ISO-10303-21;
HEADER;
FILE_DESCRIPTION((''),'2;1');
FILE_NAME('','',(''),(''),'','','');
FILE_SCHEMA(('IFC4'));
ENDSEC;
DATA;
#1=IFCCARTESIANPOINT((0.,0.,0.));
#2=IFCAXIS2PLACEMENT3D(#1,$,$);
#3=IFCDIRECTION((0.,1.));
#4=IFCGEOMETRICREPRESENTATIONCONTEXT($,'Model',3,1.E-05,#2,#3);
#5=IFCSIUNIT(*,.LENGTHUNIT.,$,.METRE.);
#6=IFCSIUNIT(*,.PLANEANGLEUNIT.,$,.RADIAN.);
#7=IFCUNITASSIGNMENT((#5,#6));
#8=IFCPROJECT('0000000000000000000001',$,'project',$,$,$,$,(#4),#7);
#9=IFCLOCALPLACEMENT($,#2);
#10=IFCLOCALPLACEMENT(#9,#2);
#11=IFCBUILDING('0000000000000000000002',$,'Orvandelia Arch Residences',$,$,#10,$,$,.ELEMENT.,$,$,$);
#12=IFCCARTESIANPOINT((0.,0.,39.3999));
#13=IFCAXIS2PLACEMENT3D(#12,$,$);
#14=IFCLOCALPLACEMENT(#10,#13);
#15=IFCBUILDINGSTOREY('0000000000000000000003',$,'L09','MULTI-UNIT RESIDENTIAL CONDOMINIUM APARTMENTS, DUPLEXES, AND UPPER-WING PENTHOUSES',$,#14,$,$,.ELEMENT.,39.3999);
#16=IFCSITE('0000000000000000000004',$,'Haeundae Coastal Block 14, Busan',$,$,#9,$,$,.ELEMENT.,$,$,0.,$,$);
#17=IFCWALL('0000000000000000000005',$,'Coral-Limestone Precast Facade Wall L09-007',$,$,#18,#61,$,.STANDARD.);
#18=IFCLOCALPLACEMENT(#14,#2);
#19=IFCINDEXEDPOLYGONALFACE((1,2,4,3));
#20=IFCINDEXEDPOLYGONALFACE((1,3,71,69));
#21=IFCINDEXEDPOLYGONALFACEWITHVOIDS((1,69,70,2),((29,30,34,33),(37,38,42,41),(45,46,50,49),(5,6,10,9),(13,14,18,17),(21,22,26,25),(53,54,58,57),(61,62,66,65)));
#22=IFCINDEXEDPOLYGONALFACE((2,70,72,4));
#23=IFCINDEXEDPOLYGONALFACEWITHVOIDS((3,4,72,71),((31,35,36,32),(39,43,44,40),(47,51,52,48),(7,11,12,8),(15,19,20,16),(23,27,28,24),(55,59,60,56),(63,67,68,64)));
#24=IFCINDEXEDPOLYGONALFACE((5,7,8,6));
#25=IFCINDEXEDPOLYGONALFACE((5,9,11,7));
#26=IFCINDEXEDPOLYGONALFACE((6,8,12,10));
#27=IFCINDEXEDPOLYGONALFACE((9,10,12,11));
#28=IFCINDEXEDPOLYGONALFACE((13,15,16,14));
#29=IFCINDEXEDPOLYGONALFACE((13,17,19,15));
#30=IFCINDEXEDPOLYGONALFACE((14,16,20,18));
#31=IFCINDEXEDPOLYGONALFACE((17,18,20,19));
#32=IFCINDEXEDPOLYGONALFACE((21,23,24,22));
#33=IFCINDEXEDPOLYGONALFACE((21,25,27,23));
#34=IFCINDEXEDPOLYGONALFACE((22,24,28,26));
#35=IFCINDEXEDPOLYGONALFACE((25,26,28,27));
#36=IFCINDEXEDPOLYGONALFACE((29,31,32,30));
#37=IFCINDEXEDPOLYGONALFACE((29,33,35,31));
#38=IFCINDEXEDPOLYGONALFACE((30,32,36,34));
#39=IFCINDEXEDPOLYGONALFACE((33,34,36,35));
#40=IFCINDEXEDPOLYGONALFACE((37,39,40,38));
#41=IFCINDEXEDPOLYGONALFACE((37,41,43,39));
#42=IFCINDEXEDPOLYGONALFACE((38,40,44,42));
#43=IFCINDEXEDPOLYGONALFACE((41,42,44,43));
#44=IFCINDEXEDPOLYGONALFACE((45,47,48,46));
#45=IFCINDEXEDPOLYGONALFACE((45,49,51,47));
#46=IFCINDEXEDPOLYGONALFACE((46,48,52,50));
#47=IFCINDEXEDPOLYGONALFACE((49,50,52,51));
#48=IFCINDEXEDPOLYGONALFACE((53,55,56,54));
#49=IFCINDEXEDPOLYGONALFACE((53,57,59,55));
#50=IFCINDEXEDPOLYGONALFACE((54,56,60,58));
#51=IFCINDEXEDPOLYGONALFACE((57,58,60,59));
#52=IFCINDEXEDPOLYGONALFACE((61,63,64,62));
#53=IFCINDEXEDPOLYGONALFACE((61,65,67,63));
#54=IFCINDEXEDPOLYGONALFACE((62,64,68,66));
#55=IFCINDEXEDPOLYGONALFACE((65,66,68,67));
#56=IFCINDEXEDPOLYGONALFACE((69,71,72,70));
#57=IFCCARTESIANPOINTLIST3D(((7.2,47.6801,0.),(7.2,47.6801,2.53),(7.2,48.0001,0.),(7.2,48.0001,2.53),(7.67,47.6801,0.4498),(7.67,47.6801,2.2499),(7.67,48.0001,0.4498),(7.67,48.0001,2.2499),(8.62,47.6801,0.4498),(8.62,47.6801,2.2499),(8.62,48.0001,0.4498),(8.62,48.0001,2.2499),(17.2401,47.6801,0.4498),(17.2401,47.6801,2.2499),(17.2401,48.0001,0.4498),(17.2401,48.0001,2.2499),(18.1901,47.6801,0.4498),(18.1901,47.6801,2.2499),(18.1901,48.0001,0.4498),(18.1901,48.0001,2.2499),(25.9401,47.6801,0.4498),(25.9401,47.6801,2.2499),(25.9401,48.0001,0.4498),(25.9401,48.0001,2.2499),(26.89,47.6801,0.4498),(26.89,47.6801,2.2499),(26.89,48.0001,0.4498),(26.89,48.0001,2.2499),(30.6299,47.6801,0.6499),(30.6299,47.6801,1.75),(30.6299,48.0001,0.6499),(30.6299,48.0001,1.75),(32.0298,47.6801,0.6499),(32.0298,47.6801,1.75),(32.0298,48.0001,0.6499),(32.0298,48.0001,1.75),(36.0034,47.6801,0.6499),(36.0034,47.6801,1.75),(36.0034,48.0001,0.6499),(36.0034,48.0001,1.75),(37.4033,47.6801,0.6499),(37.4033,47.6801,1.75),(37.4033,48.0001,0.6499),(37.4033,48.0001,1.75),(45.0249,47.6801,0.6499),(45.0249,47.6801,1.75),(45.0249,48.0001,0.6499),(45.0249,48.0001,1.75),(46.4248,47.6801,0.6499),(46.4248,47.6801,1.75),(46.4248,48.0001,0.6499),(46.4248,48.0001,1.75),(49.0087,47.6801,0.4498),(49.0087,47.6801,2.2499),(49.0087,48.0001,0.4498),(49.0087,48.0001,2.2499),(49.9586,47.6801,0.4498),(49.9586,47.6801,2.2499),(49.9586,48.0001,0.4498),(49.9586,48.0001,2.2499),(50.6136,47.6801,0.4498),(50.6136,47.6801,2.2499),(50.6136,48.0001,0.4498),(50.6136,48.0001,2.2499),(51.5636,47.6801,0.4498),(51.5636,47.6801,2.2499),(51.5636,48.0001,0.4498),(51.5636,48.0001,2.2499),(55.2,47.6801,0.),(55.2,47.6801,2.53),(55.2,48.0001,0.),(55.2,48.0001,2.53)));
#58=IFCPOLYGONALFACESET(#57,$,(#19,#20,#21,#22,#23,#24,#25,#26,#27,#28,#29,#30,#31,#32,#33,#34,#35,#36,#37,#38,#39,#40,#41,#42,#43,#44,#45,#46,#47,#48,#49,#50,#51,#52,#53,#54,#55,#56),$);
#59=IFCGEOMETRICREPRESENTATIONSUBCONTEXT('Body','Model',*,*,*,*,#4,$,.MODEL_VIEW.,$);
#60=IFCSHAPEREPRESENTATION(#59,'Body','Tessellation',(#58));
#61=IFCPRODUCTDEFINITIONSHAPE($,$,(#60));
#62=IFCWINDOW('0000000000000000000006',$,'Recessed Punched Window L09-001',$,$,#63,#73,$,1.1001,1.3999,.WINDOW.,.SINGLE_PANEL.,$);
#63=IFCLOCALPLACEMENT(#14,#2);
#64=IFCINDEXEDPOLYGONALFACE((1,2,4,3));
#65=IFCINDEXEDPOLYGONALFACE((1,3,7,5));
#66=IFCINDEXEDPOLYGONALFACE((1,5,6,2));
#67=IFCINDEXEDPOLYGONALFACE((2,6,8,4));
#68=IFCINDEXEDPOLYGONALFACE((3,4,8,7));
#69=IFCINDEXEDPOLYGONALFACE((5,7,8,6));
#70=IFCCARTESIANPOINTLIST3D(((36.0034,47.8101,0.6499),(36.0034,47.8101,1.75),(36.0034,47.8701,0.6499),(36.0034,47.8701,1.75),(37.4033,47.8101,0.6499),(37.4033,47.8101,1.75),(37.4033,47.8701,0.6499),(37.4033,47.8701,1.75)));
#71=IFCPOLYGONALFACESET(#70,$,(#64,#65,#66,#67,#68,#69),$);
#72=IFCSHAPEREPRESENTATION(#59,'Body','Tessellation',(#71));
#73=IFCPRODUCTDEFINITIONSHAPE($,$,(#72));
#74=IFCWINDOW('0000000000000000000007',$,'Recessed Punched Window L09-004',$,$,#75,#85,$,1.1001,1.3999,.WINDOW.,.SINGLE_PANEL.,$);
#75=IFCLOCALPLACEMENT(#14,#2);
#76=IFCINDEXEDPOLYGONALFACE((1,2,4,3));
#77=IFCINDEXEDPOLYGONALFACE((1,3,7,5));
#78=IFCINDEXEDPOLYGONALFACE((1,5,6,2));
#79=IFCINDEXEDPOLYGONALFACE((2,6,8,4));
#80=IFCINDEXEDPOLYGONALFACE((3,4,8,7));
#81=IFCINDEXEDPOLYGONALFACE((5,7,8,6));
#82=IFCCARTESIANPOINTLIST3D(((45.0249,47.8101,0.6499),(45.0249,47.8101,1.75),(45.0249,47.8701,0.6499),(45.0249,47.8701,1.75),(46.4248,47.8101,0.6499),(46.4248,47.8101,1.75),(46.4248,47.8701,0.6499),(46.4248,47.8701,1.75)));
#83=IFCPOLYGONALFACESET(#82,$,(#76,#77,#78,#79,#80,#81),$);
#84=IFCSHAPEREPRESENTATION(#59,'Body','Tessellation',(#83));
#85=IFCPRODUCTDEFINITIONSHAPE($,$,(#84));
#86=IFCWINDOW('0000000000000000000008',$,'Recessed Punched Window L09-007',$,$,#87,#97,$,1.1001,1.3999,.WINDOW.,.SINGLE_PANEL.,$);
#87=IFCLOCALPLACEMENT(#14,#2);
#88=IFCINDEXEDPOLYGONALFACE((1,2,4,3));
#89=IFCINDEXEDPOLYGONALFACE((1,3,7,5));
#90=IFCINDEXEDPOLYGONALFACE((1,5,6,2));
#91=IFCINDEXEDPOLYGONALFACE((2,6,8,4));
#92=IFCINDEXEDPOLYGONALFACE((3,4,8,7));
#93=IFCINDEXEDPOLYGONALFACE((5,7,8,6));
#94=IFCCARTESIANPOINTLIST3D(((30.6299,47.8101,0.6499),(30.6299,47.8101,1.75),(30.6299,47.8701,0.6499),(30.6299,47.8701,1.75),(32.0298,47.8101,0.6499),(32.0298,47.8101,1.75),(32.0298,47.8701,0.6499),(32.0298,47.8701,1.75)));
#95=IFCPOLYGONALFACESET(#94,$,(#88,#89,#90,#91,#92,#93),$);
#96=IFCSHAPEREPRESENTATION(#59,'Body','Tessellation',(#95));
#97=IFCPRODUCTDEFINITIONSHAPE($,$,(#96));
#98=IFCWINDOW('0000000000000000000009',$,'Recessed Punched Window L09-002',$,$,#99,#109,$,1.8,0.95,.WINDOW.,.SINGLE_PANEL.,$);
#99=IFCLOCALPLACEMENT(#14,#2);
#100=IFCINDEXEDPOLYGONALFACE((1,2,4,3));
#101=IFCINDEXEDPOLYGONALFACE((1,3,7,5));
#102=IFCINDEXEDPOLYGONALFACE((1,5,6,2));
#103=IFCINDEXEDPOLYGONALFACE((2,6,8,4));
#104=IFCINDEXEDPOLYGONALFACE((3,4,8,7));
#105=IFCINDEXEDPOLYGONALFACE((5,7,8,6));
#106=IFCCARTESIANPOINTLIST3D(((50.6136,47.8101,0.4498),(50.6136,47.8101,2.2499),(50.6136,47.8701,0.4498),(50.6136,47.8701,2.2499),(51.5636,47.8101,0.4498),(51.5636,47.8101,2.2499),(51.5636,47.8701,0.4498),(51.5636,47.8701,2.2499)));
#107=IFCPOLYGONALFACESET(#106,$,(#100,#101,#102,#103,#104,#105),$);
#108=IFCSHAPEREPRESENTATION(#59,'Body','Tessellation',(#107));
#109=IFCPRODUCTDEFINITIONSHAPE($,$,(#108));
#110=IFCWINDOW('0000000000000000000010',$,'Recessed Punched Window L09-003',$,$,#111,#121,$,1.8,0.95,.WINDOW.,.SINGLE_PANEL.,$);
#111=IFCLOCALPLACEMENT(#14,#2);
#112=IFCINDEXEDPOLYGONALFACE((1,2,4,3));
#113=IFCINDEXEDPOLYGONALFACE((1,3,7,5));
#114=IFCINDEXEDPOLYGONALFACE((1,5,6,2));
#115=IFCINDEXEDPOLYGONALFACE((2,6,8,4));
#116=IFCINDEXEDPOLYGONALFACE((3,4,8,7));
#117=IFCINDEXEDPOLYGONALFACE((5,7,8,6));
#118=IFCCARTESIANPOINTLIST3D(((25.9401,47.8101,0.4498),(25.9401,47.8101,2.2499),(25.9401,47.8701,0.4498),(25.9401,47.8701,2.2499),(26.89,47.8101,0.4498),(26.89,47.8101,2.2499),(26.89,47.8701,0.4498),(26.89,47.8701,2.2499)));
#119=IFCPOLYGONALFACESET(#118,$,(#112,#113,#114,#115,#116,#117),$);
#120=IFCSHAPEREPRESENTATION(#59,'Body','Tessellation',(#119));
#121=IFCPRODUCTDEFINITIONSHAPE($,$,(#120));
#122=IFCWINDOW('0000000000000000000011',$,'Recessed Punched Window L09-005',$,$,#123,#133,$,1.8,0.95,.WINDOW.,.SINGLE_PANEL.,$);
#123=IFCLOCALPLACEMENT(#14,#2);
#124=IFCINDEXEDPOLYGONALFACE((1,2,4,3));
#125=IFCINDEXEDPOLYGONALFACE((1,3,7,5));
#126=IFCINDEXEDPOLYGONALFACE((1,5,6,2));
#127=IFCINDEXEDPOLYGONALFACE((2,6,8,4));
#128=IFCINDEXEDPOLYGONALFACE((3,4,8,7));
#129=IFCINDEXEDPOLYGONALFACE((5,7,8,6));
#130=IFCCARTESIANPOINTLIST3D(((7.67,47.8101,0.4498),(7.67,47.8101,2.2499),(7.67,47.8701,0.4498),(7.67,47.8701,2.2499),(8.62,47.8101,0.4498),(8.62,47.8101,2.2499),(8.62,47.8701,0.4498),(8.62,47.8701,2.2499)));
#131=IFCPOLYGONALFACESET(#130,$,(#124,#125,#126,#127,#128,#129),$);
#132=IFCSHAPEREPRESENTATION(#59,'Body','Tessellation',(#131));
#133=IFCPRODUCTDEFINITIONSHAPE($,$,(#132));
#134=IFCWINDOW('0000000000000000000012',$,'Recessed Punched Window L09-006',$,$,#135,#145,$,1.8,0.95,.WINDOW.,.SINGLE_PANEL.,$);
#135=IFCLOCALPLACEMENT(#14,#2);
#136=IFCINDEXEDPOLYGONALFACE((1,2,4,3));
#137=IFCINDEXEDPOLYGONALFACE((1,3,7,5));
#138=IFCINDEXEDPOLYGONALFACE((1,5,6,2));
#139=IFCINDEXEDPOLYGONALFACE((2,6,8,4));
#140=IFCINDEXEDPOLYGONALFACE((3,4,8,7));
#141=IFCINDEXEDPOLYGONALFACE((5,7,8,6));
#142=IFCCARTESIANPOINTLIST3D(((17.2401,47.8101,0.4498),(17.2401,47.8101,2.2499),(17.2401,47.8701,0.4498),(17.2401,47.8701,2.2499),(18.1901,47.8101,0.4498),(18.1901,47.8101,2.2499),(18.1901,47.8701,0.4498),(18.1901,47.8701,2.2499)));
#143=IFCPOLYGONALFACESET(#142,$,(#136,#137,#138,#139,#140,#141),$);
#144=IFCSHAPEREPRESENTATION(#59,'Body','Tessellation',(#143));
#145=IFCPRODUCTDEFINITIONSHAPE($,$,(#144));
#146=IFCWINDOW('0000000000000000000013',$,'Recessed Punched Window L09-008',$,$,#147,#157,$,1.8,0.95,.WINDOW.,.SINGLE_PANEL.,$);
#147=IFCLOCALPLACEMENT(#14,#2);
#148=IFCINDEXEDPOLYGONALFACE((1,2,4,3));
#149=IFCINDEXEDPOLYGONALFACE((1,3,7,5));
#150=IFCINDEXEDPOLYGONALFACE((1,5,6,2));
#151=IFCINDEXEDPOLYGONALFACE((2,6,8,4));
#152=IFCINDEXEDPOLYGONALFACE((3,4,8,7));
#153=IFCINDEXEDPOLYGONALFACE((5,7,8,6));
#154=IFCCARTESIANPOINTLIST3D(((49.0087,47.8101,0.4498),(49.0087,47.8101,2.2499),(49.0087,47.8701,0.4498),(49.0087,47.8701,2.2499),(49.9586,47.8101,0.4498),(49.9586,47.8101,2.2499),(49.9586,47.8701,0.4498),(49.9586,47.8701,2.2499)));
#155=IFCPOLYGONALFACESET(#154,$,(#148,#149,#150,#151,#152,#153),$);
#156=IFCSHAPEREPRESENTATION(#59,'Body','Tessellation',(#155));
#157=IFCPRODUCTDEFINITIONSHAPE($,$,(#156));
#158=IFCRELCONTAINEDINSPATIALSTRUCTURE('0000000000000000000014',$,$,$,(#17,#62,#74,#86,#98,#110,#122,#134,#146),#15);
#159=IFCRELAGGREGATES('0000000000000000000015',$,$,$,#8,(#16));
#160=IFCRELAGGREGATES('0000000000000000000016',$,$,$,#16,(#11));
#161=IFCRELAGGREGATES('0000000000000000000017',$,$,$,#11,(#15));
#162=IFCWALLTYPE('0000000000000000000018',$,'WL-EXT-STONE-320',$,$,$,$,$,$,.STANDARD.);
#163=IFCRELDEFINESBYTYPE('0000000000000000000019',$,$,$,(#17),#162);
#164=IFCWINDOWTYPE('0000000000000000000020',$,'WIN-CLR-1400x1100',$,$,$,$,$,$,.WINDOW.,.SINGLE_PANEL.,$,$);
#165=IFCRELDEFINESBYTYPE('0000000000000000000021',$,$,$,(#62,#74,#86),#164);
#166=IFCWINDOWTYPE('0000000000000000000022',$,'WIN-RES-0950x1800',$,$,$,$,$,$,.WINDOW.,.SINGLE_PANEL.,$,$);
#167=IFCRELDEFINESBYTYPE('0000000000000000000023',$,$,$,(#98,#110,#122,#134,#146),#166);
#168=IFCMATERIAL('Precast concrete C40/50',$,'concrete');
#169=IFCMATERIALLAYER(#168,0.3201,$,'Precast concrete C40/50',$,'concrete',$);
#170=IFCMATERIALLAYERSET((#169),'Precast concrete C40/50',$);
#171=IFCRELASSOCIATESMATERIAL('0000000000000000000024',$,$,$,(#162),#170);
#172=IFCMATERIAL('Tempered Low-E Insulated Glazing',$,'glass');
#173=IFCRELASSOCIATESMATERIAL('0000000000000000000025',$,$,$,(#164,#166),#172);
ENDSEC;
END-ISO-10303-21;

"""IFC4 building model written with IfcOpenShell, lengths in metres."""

from ifc_helpers import new_model, si_unit, direction, frame, frame_2d, origin, place, context, subcontext, project, spatial, rectangle, extrude, material, layer, layer_set, type_object, element, fill, save


model = new_model("IFC4")

# Units and contexts
model_context = context("Model", 3, precision=1e-05, world=origin(), true_north=direction((0.0, 1.0)))
body_context = subcontext(model_context, "Body", "Model", "MODEL_VIEW")
ifc_project = project(units=[si_unit("LENGTHUNIT", "METRE"), si_unit("PLANEANGLEUNIT", "RADIAN")], contexts=[model_context])

# Site, building, storey
site_placement = place(None, origin())
site = spatial("IfcSite", under=ifc_project, at=site_placement, Name="Haeundae Coastal Block 14, Busan", CompositionType="ELEMENT", RefElevation=0.0)
building_placement = place(site_placement, origin())
building = spatial("IfcBuilding", under=site, at=building_placement, Name="Orvandelia Arch Residences", CompositionType="ELEMENT")
storey_placement = place(building_placement, frame((0.0, 0.0, 39.3999)))
storey = spatial("IfcBuildingStorey", under=building, at=storey_placement, Name="L09", Description="MULTI-UNIT RESIDENTIAL CONDOMINIUM APARTMENTS, DUPLEXES, AND UPPER-WING PENTHOUSES", CompositionType="ELEMENT", Elevation=39.3999)

# Shared definitions
ifc_material_1 = material(Name="Precast concrete C40/50", Category="concrete")
ifc_layer_1 = layer(ifc_material_1, 0.3201, Name="Precast concrete C40/50", Category="concrete")
ifc_layer_set_1 = layer_set([ifc_layer_1], Name="Precast concrete C40/50")
wall_type_1 = type_object("IfcWallType", Name="WL-EXT-STONE-320", PredefinedType="STANDARD", material=ifc_layer_set_1)

# Wall, openings, windows
wall_1_placement = place(storey_placement, frame((7.2, 47.8401, 0.0), z_axis=(0.0, 0.0, 1.0), x_axis=(1.0, 0.0, 0.0)))
wall_1 = element("IfcWall", 1, at=wall_1_placement, inside=storey, type_object=wall_type_1, Name="Coral-Limestone Precast Facade Wall L09-007", PredefinedType="STANDARD", context=body_context, shape_type="SweptSolid", body=[
    extrude(rectangle(XDim=48.0, YDim=0.3201, at=frame_2d((24.0, 0.0))), origin(), (0.0, 0.0, 1.0), 2.53),
])
opening_1_placement = place(wall_1_placement, frame((28.8035, 0.0, 0.6499)))
opening_1 = element("IfcOpeningElement", 2, at=opening_1_placement, cuts=wall_1, PredefinedType="OPENING", context=body_context, shape_type="SweptSolid", body=[
    extrude(rectangle(XDim=1.3999, YDim=1.1001, at=frame_2d((0.7, 0.55))), frame((0.0, 0.1699, 0.0), z_axis=(0.0, -1.0, 0.0), x_axis=(1.0, 0.0, 0.0)), (0.0, 0.0, 1.0), 0.3401),
])
opening_2_placement = place(wall_1_placement, frame((43.4136, 0.0, 0.45)))
opening_2 = element("IfcOpeningElement", 3, at=opening_2_placement, cuts=wall_1, PredefinedType="OPENING", context=body_context, shape_type="SweptSolid", body=[
    extrude(rectangle(XDim=0.95, YDim=1.8, at=frame_2d((0.4751, 0.8999))), frame((0.0, 0.1699, 0.0), z_axis=(0.0, -1.0, 0.0), x_axis=(1.0, 0.0, 0.0)), (0.0, 0.0, 1.0), 0.3401),
])
opening_3_placement = place(wall_1_placement, frame((18.74, 0.0, 0.45)))
opening_3 = element("IfcOpeningElement", 4, at=opening_3_placement, cuts=wall_1, PredefinedType="OPENING", context=body_context, shape_type="SweptSolid", body=[
    extrude(rectangle(XDim=0.95, YDim=1.8, at=frame_2d((0.4751, 0.8999))), frame((0.0, 0.1699, 0.0), z_axis=(0.0, -1.0, 0.0), x_axis=(1.0, 0.0, 0.0)), (0.0, 0.0, 1.0), 0.3401),
])
opening_4_placement = place(wall_1_placement, frame((37.825, 0.0, 0.6499)))
opening_4 = element("IfcOpeningElement", 5, at=opening_4_placement, cuts=wall_1, PredefinedType="OPENING", context=body_context, shape_type="SweptSolid", body=[
    extrude(rectangle(XDim=1.3999, YDim=1.1001, at=frame_2d((0.7, 0.55))), frame((0.0, 0.1699, 0.0), z_axis=(0.0, -1.0, 0.0), x_axis=(1.0, 0.0, 0.0)), (0.0, 0.0, 1.0), 0.3401),
])
opening_5_placement = place(wall_1_placement, frame((0.47, 0.0, 0.45)))
opening_5 = element("IfcOpeningElement", 6, at=opening_5_placement, cuts=wall_1, PredefinedType="OPENING", context=body_context, shape_type="SweptSolid", body=[
    extrude(rectangle(XDim=0.95, YDim=1.8, at=frame_2d((0.4751, 0.8999))), frame((0.0, 0.1699, 0.0), z_axis=(0.0, -1.0, 0.0), x_axis=(1.0, 0.0, 0.0)), (0.0, 0.0, 1.0), 0.3401),
])
opening_6_placement = place(wall_1_placement, frame((10.04, 0.0, 0.45)))
opening_6 = element("IfcOpeningElement", 7, at=opening_6_placement, cuts=wall_1, PredefinedType="OPENING", context=body_context, shape_type="SweptSolid", body=[
    extrude(rectangle(XDim=0.95, YDim=1.8, at=frame_2d((0.4751, 0.8999))), frame((0.0, 0.1699, 0.0), z_axis=(0.0, -1.0, 0.0), x_axis=(1.0, 0.0, 0.0)), (0.0, 0.0, 1.0), 0.3401),
])
opening_7_placement = place(wall_1_placement, frame((23.4299, 0.0, 0.6499)))
opening_7 = element("IfcOpeningElement", 8, at=opening_7_placement, cuts=wall_1, PredefinedType="OPENING", context=body_context, shape_type="SweptSolid", body=[
    extrude(rectangle(XDim=1.3999, YDim=1.1001, at=frame_2d((0.7, 0.55))), frame((0.0, 0.1699, 0.0), z_axis=(0.0, -1.0, 0.0), x_axis=(1.0, 0.0, 0.0)), (0.0, 0.0, 1.0), 0.3401),
])
opening_8_placement = place(wall_1_placement, frame((41.8086, 0.0, 0.45)))
opening_8 = element("IfcOpeningElement", 9, at=opening_8_placement, cuts=wall_1, PredefinedType="OPENING", context=body_context, shape_type="SweptSolid", body=[
    extrude(rectangle(XDim=0.95, YDim=1.8, at=frame_2d((0.4751, 0.8999))), frame((0.0, 0.1699, 0.0), z_axis=(0.0, -1.0, 0.0), x_axis=(1.0, 0.0, 0.0)), (0.0, 0.0, 1.0), 0.3401),
])
ifc_material_2 = material(Name="Tempered Low-E Insulated Glazing", Category="glass")
window_type_1 = type_object("IfcWindowType", Name="WIN-CLR-1400x1100", PartitioningType="SINGLE_PANEL", PredefinedType="WINDOW", material=ifc_material_2)
window_1_placement = place(opening_1_placement, origin())
window_1 = element("IfcWindow", 10, at=window_1_placement, inside=storey, type_object=window_type_1, Name="Recessed Punched Window L09-001", OverallHeight=1.1001, OverallWidth=1.3999, PartitioningType="SINGLE_PANEL", PredefinedType="WINDOW", context=body_context, shape_type="SweptSolid", body=[
    extrude(rectangle(XDim=1.3999, YDim=1.1001, at=frame_2d((0.7, 0.55))), frame((0.0, 0.03, 0.0), z_axis=(0.0, -1.0, 0.0), x_axis=(1.0, 0.0, 0.0)), (0.0, 0.0, 1.0), 0.0601),
])
fill(opening_1, window_1)
window_2_placement = place(opening_4_placement, origin())
window_2 = element("IfcWindow", 11, at=window_2_placement, inside=storey, type_object=window_type_1, Name="Recessed Punched Window L09-004", OverallHeight=1.1001, OverallWidth=1.3999, PartitioningType="SINGLE_PANEL", PredefinedType="WINDOW", context=body_context, shape_type="SweptSolid", body=[
    extrude(rectangle(XDim=1.3999, YDim=1.1001, at=frame_2d((0.7, 0.55))), frame((0.0, 0.03, 0.0), z_axis=(0.0, -1.0, 0.0), x_axis=(1.0, 0.0, 0.0)), (0.0, 0.0, 1.0), 0.0601),
])
fill(opening_4, window_2)
window_3_placement = place(opening_7_placement, origin())
window_3 = element("IfcWindow", 12, at=window_3_placement, inside=storey, type_object=window_type_1, Name="Recessed Punched Window L09-007", OverallHeight=1.1001, OverallWidth=1.3999, PartitioningType="SINGLE_PANEL", PredefinedType="WINDOW", context=body_context, shape_type="SweptSolid", body=[
    extrude(rectangle(XDim=1.3999, YDim=1.1001, at=frame_2d((0.7, 0.55))), frame((0.0, 0.03, 0.0), z_axis=(0.0, -1.0, 0.0), x_axis=(1.0, 0.0, 0.0)), (0.0, 0.0, 1.0), 0.0601),
])
fill(opening_7, window_3)
window_type_2 = type_object("IfcWindowType", Name="WIN-RES-0950x1800", PartitioningType="SINGLE_PANEL", PredefinedType="WINDOW", material=ifc_material_2)
window_4_placement = place(opening_2_placement, origin())
window_4 = element("IfcWindow", 13, at=window_4_placement, inside=storey, type_object=window_type_2, Name="Recessed Punched Window L09-002", OverallHeight=1.8, OverallWidth=0.95, PartitioningType="SINGLE_PANEL", PredefinedType="WINDOW", context=body_context, shape_type="SweptSolid", body=[
    extrude(rectangle(XDim=0.95, YDim=1.8, at=frame_2d((0.4751, 0.8999))), frame((0.0, 0.03, 0.0), z_axis=(0.0, -1.0, 0.0), x_axis=(1.0, 0.0, 0.0)), (0.0, 0.0, 1.0), 0.0601),
])
fill(opening_2, window_4)
window_5_placement = place(opening_3_placement, origin())
window_5 = element("IfcWindow", 14, at=window_5_placement, inside=storey, type_object=window_type_2, Name="Recessed Punched Window L09-003", OverallHeight=1.8, OverallWidth=0.95, PartitioningType="SINGLE_PANEL", PredefinedType="WINDOW", context=body_context, shape_type="SweptSolid", body=[
    extrude(rectangle(XDim=0.95, YDim=1.8, at=frame_2d((0.4751, 0.8999))), frame((0.0, 0.03, 0.0), z_axis=(0.0, -1.0, 0.0), x_axis=(1.0, 0.0, 0.0)), (0.0, 0.0, 1.0), 0.0601),
])
fill(opening_3, window_5)
window_6_placement = place(opening_5_placement, origin())
window_6 = element("IfcWindow", 15, at=window_6_placement, inside=storey, type_object=window_type_2, Name="Recessed Punched Window L09-005", OverallHeight=1.8, OverallWidth=0.95, PartitioningType="SINGLE_PANEL", PredefinedType="WINDOW", context=body_context, shape_type="SweptSolid", body=[
    extrude(rectangle(XDim=0.95, YDim=1.8, at=frame_2d((0.4751, 0.8999))), frame((0.0, 0.03, 0.0), z_axis=(0.0, -1.0, 0.0), x_axis=(1.0, 0.0, 0.0)), (0.0, 0.0, 1.0), 0.0601),
])
fill(opening_5, window_6)
window_7_placement = place(opening_6_placement, origin())
window_7 = element("IfcWindow", 16, at=window_7_placement, inside=storey, type_object=window_type_2, Name="Recessed Punched Window L09-006", OverallHeight=1.8, OverallWidth=0.95, PartitioningType="SINGLE_PANEL", PredefinedType="WINDOW", context=body_context, shape_type="SweptSolid", body=[
    extrude(rectangle(XDim=0.95, YDim=1.8, at=frame_2d((0.4751, 0.8999))), frame((0.0, 0.03, 0.0), z_axis=(0.0, -1.0, 0.0), x_axis=(1.0, 0.0, 0.0)), (0.0, 0.0, 1.0), 0.0601),
])
fill(opening_6, window_7)
window_8_placement = place(opening_8_placement, origin())
window_8 = element("IfcWindow", 17, at=window_8_placement, inside=storey, type_object=window_type_2, Name="Recessed Punched Window L09-008", OverallHeight=1.8, OverallWidth=0.95, PartitioningType="SINGLE_PANEL", PredefinedType="WINDOW", context=body_context, shape_type="SweptSolid", body=[
    extrude(rectangle(XDim=0.95, YDim=1.8, at=frame_2d((0.4751, 0.8999))), frame((0.0, 0.03, 0.0), z_axis=(0.0, -1.0, 0.0), x_axis=(1.0, 0.0, 0.0)), (0.0, 0.0, 1.0), 0.0601),
])
fill(opening_8, window_8)

save(model, "model.ifc")
